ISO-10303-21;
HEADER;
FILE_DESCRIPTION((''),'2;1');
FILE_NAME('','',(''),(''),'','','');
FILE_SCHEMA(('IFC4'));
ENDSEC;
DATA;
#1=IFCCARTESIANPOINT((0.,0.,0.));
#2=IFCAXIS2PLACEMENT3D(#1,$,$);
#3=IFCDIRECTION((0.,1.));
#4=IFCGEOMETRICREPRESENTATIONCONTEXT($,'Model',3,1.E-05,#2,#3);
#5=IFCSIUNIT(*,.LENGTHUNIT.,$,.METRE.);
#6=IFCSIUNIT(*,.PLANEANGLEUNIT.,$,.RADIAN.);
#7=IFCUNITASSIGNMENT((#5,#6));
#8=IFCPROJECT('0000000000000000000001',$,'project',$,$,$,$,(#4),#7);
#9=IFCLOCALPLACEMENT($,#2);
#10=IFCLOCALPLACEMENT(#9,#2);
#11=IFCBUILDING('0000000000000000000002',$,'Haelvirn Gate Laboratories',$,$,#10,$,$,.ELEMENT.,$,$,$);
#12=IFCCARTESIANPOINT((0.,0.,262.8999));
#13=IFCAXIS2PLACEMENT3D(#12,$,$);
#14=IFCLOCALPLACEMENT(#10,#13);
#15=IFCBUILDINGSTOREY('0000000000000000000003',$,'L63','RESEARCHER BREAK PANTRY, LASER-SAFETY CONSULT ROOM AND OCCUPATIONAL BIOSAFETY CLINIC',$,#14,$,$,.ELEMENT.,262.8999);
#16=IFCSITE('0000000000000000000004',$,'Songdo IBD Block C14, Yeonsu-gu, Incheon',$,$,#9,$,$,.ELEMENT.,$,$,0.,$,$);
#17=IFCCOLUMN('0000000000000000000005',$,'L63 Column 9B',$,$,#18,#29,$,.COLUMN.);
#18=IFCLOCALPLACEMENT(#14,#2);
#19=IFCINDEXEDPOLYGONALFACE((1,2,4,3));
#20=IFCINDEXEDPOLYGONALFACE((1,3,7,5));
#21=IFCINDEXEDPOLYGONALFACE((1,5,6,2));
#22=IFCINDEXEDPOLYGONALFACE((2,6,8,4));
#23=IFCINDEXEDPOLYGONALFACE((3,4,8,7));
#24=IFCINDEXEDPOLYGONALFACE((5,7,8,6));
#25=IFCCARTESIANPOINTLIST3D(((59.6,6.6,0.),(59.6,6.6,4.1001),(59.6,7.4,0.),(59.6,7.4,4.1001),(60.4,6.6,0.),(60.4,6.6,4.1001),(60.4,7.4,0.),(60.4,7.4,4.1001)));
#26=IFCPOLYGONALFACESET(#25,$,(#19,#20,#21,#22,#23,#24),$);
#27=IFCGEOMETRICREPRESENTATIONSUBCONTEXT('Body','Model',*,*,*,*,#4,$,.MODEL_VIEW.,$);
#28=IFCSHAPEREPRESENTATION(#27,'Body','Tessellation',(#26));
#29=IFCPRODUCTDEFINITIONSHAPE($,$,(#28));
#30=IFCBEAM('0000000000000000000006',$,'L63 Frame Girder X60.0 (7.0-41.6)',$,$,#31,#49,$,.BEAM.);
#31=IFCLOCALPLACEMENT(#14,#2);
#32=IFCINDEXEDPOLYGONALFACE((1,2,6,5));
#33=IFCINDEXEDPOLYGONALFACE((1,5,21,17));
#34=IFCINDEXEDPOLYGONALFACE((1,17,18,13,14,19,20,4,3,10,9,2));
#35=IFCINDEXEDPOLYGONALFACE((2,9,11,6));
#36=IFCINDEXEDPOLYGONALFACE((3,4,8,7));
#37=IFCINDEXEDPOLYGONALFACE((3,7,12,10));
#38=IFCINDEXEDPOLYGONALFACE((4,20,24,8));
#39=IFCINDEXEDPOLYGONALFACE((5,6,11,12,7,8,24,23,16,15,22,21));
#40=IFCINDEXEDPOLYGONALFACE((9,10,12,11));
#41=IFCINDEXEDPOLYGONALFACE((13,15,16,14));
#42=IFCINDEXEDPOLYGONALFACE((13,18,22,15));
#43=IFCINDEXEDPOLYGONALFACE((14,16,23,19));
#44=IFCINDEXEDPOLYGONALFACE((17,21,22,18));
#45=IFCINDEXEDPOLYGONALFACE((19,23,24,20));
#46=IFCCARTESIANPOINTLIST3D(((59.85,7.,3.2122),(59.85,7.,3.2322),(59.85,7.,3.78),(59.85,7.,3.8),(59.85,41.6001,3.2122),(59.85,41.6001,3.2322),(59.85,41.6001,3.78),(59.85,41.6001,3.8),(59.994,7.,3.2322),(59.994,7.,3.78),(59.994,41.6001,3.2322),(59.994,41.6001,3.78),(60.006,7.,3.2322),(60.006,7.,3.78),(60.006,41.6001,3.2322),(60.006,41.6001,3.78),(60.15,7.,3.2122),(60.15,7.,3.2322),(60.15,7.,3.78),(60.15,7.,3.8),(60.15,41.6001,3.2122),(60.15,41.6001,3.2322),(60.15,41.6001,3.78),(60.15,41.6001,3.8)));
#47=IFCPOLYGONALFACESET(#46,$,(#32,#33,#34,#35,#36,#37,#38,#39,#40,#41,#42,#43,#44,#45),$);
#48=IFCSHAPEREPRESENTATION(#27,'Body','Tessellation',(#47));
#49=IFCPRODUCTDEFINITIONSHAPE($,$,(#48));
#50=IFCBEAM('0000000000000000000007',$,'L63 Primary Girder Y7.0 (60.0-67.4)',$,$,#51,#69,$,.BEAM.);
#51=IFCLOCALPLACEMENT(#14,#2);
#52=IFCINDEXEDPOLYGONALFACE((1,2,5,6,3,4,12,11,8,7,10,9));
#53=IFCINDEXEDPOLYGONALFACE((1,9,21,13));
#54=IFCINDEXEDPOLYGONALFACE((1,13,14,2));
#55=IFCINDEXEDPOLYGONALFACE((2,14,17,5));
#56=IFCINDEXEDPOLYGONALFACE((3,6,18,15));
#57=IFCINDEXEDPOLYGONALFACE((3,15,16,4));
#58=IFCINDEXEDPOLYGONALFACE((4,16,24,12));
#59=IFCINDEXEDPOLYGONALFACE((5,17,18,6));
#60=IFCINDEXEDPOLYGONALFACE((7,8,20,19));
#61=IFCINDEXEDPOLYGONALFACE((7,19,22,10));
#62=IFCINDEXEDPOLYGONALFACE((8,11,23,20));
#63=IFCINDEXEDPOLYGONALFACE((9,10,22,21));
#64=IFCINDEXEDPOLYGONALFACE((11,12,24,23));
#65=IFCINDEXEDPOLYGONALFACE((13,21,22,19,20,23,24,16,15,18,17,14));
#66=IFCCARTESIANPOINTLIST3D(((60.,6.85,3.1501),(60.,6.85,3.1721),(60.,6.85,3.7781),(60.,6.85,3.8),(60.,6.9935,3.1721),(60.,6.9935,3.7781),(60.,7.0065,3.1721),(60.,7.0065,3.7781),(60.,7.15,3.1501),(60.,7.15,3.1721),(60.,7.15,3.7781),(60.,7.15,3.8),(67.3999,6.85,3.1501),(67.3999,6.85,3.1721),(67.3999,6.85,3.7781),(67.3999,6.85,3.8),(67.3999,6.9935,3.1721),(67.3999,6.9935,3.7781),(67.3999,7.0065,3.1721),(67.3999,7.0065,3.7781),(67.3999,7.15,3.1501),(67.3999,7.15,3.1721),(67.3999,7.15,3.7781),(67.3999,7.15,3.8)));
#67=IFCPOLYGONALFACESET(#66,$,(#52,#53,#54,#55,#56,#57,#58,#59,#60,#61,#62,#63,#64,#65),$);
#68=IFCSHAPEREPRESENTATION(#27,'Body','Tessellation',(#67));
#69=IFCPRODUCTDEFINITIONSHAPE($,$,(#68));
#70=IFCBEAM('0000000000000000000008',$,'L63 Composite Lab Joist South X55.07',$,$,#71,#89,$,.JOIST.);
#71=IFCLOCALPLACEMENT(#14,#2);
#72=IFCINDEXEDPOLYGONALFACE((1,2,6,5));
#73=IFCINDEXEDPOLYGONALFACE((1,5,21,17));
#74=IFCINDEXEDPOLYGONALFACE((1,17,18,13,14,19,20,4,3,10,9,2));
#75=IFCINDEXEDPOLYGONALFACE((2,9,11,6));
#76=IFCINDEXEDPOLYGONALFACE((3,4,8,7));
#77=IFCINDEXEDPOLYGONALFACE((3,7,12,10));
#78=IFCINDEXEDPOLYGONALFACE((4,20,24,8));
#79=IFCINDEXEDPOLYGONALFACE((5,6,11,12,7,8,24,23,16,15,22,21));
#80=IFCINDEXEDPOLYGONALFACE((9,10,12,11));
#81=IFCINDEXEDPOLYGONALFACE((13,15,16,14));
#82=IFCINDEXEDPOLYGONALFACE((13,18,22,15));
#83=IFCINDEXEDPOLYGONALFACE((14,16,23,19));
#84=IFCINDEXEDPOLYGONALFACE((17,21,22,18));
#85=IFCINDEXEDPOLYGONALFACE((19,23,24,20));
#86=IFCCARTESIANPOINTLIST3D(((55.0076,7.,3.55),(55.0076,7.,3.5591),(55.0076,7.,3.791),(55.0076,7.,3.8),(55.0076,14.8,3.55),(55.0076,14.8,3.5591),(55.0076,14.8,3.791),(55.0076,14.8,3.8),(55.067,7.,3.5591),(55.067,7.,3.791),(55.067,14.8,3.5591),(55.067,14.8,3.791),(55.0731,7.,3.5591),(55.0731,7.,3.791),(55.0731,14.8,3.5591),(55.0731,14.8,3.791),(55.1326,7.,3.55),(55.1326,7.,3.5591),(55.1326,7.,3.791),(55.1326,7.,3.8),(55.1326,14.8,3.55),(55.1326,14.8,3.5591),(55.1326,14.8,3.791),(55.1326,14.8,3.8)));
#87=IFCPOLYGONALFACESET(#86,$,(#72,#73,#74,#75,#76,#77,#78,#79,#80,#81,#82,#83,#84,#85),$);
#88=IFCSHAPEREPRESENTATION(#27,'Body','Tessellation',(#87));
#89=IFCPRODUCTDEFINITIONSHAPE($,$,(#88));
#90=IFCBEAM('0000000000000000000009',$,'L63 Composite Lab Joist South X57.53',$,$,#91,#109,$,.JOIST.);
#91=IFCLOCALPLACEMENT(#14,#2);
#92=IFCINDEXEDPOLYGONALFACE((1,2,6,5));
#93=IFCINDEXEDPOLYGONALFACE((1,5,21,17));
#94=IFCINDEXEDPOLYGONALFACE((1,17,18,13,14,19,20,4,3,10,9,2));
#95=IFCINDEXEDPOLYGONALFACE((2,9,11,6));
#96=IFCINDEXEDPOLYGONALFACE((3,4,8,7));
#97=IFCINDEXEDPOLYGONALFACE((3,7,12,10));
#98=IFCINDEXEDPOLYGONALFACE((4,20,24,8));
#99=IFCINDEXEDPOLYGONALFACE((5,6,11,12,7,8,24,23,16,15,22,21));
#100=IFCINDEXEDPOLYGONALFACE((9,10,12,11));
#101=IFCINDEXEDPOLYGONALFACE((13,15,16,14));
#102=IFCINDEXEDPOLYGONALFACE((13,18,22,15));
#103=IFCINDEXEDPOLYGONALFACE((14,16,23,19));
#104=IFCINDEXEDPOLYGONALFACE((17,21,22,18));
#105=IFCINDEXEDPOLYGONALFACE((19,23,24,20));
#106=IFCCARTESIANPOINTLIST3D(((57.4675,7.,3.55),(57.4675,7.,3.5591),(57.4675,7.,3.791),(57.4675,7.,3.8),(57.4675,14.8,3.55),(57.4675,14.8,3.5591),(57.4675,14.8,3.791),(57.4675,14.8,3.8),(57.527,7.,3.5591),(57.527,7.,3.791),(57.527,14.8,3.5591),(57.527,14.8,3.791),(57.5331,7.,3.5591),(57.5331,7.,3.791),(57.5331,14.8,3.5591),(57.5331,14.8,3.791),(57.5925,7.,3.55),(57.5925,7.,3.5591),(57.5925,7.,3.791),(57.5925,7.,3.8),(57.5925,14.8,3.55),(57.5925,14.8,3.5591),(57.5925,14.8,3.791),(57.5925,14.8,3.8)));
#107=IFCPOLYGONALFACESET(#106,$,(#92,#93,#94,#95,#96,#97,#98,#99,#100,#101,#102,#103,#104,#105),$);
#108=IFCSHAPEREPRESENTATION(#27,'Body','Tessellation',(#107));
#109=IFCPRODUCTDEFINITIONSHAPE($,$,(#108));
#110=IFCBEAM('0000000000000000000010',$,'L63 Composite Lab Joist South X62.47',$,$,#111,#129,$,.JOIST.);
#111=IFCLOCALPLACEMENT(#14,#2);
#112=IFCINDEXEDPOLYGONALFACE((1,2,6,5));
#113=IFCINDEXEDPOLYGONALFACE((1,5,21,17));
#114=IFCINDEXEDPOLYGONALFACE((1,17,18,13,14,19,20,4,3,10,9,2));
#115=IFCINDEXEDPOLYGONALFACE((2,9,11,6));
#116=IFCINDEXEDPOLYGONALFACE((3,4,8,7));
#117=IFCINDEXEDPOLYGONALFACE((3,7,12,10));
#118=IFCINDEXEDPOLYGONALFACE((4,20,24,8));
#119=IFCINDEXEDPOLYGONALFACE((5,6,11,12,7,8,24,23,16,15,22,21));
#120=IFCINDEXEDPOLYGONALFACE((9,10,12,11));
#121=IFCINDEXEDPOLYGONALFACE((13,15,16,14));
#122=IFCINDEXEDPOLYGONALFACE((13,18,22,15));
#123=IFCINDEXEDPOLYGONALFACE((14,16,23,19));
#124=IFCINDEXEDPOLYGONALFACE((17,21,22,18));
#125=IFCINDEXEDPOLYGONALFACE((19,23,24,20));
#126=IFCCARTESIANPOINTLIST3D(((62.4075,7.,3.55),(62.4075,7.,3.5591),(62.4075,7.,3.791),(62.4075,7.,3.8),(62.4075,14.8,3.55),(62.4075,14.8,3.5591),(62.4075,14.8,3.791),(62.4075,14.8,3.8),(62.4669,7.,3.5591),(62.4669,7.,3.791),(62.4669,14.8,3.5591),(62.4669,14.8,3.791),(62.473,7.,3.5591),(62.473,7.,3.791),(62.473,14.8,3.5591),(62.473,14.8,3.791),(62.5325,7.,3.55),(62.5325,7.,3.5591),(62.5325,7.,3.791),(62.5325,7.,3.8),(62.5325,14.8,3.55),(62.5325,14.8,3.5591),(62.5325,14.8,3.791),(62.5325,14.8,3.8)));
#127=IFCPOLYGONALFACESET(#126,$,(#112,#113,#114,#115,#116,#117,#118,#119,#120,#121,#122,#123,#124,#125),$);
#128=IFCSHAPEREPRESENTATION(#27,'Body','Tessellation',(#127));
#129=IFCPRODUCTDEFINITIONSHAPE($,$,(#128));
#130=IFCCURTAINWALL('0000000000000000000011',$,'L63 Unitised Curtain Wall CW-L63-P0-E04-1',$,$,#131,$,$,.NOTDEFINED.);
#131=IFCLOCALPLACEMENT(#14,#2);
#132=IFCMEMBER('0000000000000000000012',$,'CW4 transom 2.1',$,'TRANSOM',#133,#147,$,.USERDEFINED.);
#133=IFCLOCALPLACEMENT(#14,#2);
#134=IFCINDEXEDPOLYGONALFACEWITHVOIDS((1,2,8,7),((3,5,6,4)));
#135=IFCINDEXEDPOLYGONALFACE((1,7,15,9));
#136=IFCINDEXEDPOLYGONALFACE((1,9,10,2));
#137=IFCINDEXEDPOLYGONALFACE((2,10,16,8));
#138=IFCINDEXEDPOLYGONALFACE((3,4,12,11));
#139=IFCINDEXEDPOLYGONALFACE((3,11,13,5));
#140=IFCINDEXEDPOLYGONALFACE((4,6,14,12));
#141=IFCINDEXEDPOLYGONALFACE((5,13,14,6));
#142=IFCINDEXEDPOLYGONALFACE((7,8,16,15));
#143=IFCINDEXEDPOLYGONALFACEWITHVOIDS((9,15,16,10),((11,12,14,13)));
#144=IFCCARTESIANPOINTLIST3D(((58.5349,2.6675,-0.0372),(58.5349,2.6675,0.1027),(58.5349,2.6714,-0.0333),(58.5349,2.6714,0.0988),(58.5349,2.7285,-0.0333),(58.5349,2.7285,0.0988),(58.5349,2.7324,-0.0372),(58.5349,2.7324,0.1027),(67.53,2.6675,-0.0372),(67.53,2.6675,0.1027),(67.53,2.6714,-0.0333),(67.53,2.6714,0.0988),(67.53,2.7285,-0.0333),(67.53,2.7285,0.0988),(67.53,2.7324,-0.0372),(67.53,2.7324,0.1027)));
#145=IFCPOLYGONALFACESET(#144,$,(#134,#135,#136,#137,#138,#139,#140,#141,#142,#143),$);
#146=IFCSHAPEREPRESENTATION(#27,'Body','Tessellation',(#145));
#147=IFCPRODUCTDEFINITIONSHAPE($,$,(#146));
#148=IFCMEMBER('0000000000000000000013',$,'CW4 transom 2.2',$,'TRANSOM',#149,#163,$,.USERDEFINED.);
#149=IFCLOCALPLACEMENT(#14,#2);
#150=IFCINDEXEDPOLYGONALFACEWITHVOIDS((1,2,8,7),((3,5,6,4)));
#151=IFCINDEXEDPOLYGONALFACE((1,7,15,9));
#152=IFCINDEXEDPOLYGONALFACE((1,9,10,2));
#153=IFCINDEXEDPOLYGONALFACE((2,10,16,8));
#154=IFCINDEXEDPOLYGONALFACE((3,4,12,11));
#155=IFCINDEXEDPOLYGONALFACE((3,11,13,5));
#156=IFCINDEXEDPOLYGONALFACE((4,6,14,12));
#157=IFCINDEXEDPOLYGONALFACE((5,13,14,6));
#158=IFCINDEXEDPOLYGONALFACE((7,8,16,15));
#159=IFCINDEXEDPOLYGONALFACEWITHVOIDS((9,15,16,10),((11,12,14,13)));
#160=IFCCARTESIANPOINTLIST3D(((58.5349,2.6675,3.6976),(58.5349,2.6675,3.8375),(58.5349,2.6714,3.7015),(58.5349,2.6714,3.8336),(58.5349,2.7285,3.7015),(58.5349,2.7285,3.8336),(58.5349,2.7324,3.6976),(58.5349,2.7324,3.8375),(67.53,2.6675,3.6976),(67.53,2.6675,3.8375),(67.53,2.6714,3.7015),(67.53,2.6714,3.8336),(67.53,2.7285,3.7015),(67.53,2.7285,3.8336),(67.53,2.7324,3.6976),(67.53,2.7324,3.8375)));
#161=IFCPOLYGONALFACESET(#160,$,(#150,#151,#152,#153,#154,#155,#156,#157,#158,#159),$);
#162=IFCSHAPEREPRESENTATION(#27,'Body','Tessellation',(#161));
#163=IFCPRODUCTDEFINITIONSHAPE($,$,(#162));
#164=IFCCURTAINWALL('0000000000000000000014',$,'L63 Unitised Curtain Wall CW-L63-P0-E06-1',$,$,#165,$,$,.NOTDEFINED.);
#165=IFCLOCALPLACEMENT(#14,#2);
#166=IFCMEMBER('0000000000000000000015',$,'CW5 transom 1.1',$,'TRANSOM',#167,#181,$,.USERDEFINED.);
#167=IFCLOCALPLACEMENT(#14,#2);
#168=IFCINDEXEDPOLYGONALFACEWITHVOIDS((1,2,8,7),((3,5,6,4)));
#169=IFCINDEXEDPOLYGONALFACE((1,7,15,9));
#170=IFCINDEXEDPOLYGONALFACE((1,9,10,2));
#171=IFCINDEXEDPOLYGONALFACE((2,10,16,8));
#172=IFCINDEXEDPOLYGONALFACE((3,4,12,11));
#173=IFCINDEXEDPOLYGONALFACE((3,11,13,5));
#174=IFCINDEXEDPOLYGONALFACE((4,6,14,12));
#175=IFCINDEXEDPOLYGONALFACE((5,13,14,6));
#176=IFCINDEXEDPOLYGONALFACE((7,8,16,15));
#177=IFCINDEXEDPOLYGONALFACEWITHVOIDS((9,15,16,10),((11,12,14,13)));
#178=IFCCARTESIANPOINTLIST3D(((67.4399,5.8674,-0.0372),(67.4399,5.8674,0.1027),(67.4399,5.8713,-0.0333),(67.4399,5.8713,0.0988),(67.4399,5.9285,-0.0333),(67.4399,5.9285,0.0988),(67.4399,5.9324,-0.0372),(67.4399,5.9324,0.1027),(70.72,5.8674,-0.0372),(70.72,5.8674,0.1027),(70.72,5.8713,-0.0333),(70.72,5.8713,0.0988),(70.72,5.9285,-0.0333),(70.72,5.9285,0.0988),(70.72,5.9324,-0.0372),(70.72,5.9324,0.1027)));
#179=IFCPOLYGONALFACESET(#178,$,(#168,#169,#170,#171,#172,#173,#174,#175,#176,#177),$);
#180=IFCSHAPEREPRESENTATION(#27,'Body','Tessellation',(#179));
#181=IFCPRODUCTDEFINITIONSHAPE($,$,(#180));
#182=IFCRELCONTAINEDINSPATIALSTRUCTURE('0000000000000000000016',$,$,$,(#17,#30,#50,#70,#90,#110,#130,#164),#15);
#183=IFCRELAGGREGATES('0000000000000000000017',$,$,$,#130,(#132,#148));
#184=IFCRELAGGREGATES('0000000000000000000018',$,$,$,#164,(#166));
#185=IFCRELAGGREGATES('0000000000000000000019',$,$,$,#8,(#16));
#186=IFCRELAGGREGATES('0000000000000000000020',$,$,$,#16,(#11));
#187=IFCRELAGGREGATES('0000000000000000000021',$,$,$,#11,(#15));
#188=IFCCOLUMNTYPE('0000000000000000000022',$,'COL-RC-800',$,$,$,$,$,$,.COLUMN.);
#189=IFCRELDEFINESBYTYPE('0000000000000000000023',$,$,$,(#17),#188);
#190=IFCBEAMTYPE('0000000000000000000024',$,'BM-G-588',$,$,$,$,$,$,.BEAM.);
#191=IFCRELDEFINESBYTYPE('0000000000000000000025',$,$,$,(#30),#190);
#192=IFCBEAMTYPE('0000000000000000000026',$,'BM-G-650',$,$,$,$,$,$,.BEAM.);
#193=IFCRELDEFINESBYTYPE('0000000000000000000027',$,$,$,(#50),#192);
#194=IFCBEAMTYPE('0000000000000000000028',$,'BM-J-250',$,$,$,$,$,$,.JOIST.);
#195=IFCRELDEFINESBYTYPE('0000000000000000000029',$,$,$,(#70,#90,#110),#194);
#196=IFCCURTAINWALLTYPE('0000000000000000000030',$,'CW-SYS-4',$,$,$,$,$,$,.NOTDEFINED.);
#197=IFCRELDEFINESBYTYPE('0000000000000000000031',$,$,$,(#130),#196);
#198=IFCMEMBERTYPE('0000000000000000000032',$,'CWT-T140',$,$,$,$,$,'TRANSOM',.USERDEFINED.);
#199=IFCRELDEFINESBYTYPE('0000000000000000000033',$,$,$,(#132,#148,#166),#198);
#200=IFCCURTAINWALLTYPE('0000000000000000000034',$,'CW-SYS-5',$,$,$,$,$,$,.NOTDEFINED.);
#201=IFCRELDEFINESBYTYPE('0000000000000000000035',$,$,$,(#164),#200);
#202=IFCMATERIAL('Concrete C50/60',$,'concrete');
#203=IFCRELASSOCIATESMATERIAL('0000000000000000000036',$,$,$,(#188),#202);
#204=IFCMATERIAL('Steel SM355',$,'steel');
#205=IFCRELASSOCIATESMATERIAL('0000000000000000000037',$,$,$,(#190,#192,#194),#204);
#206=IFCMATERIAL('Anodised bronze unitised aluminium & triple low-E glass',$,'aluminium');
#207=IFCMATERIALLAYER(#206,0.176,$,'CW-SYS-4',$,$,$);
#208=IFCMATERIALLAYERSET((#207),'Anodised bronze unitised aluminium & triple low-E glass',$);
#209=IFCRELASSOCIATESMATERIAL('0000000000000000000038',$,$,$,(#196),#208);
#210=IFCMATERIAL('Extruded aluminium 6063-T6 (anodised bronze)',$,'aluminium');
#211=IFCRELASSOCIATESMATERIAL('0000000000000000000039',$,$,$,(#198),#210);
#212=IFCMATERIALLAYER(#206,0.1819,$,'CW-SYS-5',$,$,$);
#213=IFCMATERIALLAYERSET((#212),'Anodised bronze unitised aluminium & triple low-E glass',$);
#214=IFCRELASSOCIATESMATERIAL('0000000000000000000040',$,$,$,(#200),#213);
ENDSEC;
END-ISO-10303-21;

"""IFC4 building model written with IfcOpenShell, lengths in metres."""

from ifc_helpers import new_model, si_unit, direction, frame, origin, origin_2d, place, context, subcontext, project, spatial, rectangle, hollow_rectangle, i_section, extrude, source, transform, mapped, material, layer, layer_set, material_profile, profile_set, type_object, type_shapes, element, aggregate, save


model = new_model("IFC4")

# Units and contexts
model_context = context("Model", 3, precision=1e-05, world=origin(), true_north=direction((0.0, 1.0)))
body_context = subcontext(model_context, "Body", "Model", "MODEL_VIEW")
ifc_project = project(units=[si_unit("LENGTHUNIT", "METRE"), si_unit("PLANEANGLEUNIT", "RADIAN")], contexts=[model_context])

# Site, building, storey
site_placement = place(None, origin())
site = spatial("IfcSite", under=ifc_project, at=site_placement, Name="Songdo IBD Block C14, Yeonsu-gu, Incheon", CompositionType="ELEMENT", RefElevation=0.0)
building_placement = place(site_placement, origin())
building = spatial("IfcBuilding", under=site, at=building_placement, Name="Haelvirn Gate Laboratories", CompositionType="ELEMENT")
storey_placement = place(building_placement, frame((0.0, 0.0, 262.8999)))
storey = spatial("IfcBuildingStorey", under=building, at=storey_placement, Name="L63", Description="RESEARCHER BREAK PANTRY, LASER-SAFETY CONSULT ROOM AND OCCUPATIONAL BIOSAFETY CLINIC", CompositionType="ELEMENT", Elevation=262.8999)

# Column
ifc_material_1 = material(Name="Concrete C50/60", Category="concrete")
ifc_material_profile_1 = material_profile(ifc_material_1, rectangle(XDim=0.8, YDim=0.8, at=origin_2d()), Name="RC-800x800")
ifc_profile_set_1 = profile_set([ifc_material_profile_1], Name="Concrete C50/60")
column_type = type_object("IfcColumnType", Name="COL-RC-800", PredefinedType="COLUMN", material=ifc_profile_set_1)
shared_shape_1 = source(origin(), body_context, "Body", "SweptSolid", [
    extrude(rectangle(XDim=0.8, YDim=0.8, at=origin_2d()), origin(), (0.0, 0.0, 1.0), 4.1001),
])
type_shapes(column_type, [shared_shape_1])
column_placement = place(storey_placement, frame((60.0, 7.0, 0.0), z_axis=(0.0, 0.0, 1.0), x_axis=(1.0, 0.0, 0.0)))
element("IfcColumn", 1, at=column_placement, inside=storey, type_object=column_type, Name="L63 Column 9B", PredefinedType="COLUMN", context=body_context, shape_type="MappedRepresentation", body=[
    mapped(shared_shape_1, transform((0.0, 0.0, 0.0), scale=1.0)),
])

# Beams
ifc_material_2 = material(Name="Steel SM355", Category="steel")
ifc_material_profile_2 = material_profile(ifc_material_2, i_section(OverallWidth=0.3, OverallDepth=0.5879, WebThickness=0.012, FlangeThickness=0.02, at=origin_2d()), Name="H-588x300x12x20")
ifc_profile_set_2 = profile_set([ifc_material_profile_2], Name="Steel SM355")
beam_type_1 = type_object("IfcBeamType", Name="BM-G-588", PredefinedType="BEAM", material=ifc_profile_set_2)
shared_shape_2 = source(origin(), body_context, "Body", "SweptSolid", [
    extrude(i_section(OverallWidth=0.3, OverallDepth=0.5879, WebThickness=0.012, FlangeThickness=0.02, at=origin_2d()), origin(), (0.0, 0.0, 1.0), 34.6001),
])
type_shapes(beam_type_1, [shared_shape_2])
beam_1_placement = place(storey_placement, frame((60.0, 7.0, 3.5061), z_axis=(0.0, 1.0, 0.0), x_axis=(-1.0, 0.0, 0.0)))
element("IfcBeam", 2, at=beam_1_placement, inside=storey, type_object=beam_type_1, Name="L63 Frame Girder X60.0 (7.0-41.6)", PredefinedType="BEAM", context=body_context, shape_type="MappedRepresentation", body=[
    mapped(shared_shape_2, transform((0.0, 0.0, 0.0), scale=1.0)),
])
ifc_material_profile_3 = material_profile(ifc_material_2, i_section(OverallWidth=0.3, OverallDepth=0.6499, WebThickness=0.0129, FlangeThickness=0.022, at=origin_2d()), Name="H-650x300x13x22")
ifc_profile_set_3 = profile_set([ifc_material_profile_3], Name="Steel SM355")
beam_type_2 = type_object("IfcBeamType", Name="BM-G-650", PredefinedType="BEAM", material=ifc_profile_set_3)
shared_shape_3 = source(origin(), body_context, "Body", "SweptSolid", [
    extrude(i_section(OverallWidth=0.3, OverallDepth=0.6499, WebThickness=0.0129, FlangeThickness=0.022, at=origin_2d()), origin(), (0.0, 0.0, 1.0), 7.3999),
])
type_shapes(beam_type_2, [shared_shape_3])
beam_2_placement = place(storey_placement, frame((60.0, 7.0, 3.4751), z_axis=(1.0, 0.0, 0.0), x_axis=(0.0, 1.0, 0.0)))
element("IfcBeam", 3, at=beam_2_placement, inside=storey, type_object=beam_type_2, Name="L63 Primary Girder Y7.0 (60.0-67.4)", PredefinedType="BEAM", context=body_context, shape_type="MappedRepresentation", body=[
    mapped(shared_shape_3, transform((0.0, 0.0, 0.0), scale=1.0)),
])
ifc_material_profile_4 = material_profile(ifc_material_2, i_section(OverallWidth=0.125, OverallDepth=0.25, WebThickness=0.0061, FlangeThickness=0.009, at=origin_2d()), Name="H-250x125x6x9")
ifc_profile_set_4 = profile_set([ifc_material_profile_4], Name="Steel SM355")
beam_type_3 = type_object("IfcBeamType", Name="BM-J-250", PredefinedType="JOIST", material=ifc_profile_set_4)
shared_shape_4 = source(origin(), body_context, "Body", "SweptSolid", [
    extrude(i_section(OverallWidth=0.125, OverallDepth=0.25, WebThickness=0.0061, FlangeThickness=0.009, at=origin_2d()), origin(), (0.0, 0.0, 1.0), 7.8),
])
type_shapes(beam_type_3, [shared_shape_4])
for number, where, z_axis, x_axis, name in (
    (4, (55.0701, 7.0, 3.675), (0.0, 1.0, 0.0), (-1.0, 0.0, 0.0), "L63 Composite Lab Joist South X55.07"),
    (5, (57.53, 7.0, 3.675), (0.0, 1.0, 0.0), (-1.0, 0.0, 0.0), "L63 Composite Lab Joist South X57.53"),
    (6, (62.47, 7.0, 3.675), (0.0, 1.0, 0.0), (-1.0, 0.0, 0.0), "L63 Composite Lab Joist South X62.47"),
):
    element("IfcBeam", number, at=place(storey_placement, frame(where, z_axis=z_axis, x_axis=x_axis)), inside=storey, type_object=beam_type_3, Name=name, PredefinedType="JOIST", context=body_context, shape_type="MappedRepresentation", body=[
        mapped(shared_shape_4, transform((0.0, 0.0, 0.0), scale=1.0)),
    ])

# Curtain walls, members
ifc_material_3 = material(Name="Anodised bronze unitised aluminium & triple low-E glass", Category="aluminium")
ifc_layer_1 = layer(ifc_material_3, 0.176, Name="CW-SYS-4")
ifc_layer_set_1 = layer_set([ifc_layer_1], Name="Anodised bronze unitised aluminium & triple low-E glass")
curtain_wall_type_1 = type_object("IfcCurtainWallType", Name="CW-SYS-4", PredefinedType="NOTDEFINED", material=ifc_layer_set_1)
curtain_wall_1_placement = place(storey_placement, origin())
curtain_wall_1 = element("IfcCurtainWall", 7, at=curtain_wall_1_placement, inside=storey, type_object=curtain_wall_type_1, Name="L63 Unitised Curtain Wall CW-L63-P0-E04-1", PredefinedType="NOTDEFINED")
ifc_material_4 = material(Name="Extruded aluminium 6063-T6 (anodised bronze)", Category="aluminium")
ifc_material_profile_5 = material_profile(ifc_material_4, hollow_rectangle(XDim=0.0649, YDim=0.1399, WallThickness=0.0039, at=origin_2d()), Name="CWT-140x65x4")
ifc_profile_set_5 = profile_set([ifc_material_profile_5], Name="Extruded aluminium 6063-T6 (anodised bronze)")
member_type_1 = type_object("IfcMemberType", Name="CWT-T140", ElementType="TRANSOM", PredefinedType="USERDEFINED", material=ifc_profile_set_5)
shared_shape_5 = source(origin(), body_context, "Body", "SweptSolid", [
    extrude(hollow_rectangle(XDim=0.0649, YDim=0.1399, WallThickness=0.0039, at=origin_2d()), origin(), (0.0, 0.0, 1.0), 8.9951),
])
member_1_placement = place(storey_placement, frame((58.5349, 2.7, 0.0327), z_axis=(1.0, 0.0, 0.0), x_axis=(0.0, 1.0, 0.0)))
member_1 = element("IfcMember", 8, at=member_1_placement, type_object=member_type_1, Name="CW4 transom 2.1", ObjectType="TRANSOM", PredefinedType="USERDEFINED", context=body_context, shape_type="MappedRepresentation", body=[
    mapped(shared_shape_5, transform((0.0, 0.0, 0.0), scale=1.0)),
])
member_2_placement = place(storey_placement, frame((58.5349, 2.7, 3.7676), z_axis=(1.0, 0.0, 0.0), x_axis=(0.0, 1.0, 0.0)))
member_2 = element("IfcMember", 9, at=member_2_placement, type_object=member_type_1, Name="CW4 transom 2.2", ObjectType="TRANSOM", PredefinedType="USERDEFINED", context=body_context, shape_type="MappedRepresentation", body=[
    mapped(shared_shape_5, transform((0.0, 0.0, 0.0), scale=1.0)),
])
ifc_layer_2 = layer(ifc_material_3, 0.1819, Name="CW-SYS-5")
ifc_layer_set_2 = layer_set([ifc_layer_2], Name="Anodised bronze unitised aluminium & triple low-E glass")
curtain_wall_type_2 = type_object("IfcCurtainWallType", Name="CW-SYS-5", PredefinedType="NOTDEFINED", material=ifc_layer_set_2)
curtain_wall_2_placement = place(storey_placement, origin())
curtain_wall_2 = element("IfcCurtainWall", 10, at=curtain_wall_2_placement, inside=storey, type_object=curtain_wall_type_2, Name="L63 Unitised Curtain Wall CW-L63-P0-E06-1", PredefinedType="NOTDEFINED")
shared_shape_6 = source(origin(), body_context, "Body", "SweptSolid", [
    extrude(hollow_rectangle(XDim=0.0649, YDim=0.1399, WallThickness=0.0039, at=origin_2d()), origin(), (0.0, 0.0, 1.0), 3.28),
])
member_3_placement = place(storey_placement, frame((67.4399, 5.8999, 0.0327), z_axis=(1.0, 0.0, 0.0), x_axis=(0.0, 1.0, 0.0)))
member_3 = element("IfcMember", 11, at=member_3_placement, type_object=member_type_1, Name="CW5 transom 1.1", ObjectType="TRANSOM", PredefinedType="USERDEFINED", context=body_context, shape_type="MappedRepresentation", body=[
    mapped(shared_shape_6, transform((0.0, 0.0, 0.0), scale=1.0)),
])

aggregate(curtain_wall_1, [member_1, member_2])
aggregate(curtain_wall_2, [member_3])

save(model, "model.ifc")
